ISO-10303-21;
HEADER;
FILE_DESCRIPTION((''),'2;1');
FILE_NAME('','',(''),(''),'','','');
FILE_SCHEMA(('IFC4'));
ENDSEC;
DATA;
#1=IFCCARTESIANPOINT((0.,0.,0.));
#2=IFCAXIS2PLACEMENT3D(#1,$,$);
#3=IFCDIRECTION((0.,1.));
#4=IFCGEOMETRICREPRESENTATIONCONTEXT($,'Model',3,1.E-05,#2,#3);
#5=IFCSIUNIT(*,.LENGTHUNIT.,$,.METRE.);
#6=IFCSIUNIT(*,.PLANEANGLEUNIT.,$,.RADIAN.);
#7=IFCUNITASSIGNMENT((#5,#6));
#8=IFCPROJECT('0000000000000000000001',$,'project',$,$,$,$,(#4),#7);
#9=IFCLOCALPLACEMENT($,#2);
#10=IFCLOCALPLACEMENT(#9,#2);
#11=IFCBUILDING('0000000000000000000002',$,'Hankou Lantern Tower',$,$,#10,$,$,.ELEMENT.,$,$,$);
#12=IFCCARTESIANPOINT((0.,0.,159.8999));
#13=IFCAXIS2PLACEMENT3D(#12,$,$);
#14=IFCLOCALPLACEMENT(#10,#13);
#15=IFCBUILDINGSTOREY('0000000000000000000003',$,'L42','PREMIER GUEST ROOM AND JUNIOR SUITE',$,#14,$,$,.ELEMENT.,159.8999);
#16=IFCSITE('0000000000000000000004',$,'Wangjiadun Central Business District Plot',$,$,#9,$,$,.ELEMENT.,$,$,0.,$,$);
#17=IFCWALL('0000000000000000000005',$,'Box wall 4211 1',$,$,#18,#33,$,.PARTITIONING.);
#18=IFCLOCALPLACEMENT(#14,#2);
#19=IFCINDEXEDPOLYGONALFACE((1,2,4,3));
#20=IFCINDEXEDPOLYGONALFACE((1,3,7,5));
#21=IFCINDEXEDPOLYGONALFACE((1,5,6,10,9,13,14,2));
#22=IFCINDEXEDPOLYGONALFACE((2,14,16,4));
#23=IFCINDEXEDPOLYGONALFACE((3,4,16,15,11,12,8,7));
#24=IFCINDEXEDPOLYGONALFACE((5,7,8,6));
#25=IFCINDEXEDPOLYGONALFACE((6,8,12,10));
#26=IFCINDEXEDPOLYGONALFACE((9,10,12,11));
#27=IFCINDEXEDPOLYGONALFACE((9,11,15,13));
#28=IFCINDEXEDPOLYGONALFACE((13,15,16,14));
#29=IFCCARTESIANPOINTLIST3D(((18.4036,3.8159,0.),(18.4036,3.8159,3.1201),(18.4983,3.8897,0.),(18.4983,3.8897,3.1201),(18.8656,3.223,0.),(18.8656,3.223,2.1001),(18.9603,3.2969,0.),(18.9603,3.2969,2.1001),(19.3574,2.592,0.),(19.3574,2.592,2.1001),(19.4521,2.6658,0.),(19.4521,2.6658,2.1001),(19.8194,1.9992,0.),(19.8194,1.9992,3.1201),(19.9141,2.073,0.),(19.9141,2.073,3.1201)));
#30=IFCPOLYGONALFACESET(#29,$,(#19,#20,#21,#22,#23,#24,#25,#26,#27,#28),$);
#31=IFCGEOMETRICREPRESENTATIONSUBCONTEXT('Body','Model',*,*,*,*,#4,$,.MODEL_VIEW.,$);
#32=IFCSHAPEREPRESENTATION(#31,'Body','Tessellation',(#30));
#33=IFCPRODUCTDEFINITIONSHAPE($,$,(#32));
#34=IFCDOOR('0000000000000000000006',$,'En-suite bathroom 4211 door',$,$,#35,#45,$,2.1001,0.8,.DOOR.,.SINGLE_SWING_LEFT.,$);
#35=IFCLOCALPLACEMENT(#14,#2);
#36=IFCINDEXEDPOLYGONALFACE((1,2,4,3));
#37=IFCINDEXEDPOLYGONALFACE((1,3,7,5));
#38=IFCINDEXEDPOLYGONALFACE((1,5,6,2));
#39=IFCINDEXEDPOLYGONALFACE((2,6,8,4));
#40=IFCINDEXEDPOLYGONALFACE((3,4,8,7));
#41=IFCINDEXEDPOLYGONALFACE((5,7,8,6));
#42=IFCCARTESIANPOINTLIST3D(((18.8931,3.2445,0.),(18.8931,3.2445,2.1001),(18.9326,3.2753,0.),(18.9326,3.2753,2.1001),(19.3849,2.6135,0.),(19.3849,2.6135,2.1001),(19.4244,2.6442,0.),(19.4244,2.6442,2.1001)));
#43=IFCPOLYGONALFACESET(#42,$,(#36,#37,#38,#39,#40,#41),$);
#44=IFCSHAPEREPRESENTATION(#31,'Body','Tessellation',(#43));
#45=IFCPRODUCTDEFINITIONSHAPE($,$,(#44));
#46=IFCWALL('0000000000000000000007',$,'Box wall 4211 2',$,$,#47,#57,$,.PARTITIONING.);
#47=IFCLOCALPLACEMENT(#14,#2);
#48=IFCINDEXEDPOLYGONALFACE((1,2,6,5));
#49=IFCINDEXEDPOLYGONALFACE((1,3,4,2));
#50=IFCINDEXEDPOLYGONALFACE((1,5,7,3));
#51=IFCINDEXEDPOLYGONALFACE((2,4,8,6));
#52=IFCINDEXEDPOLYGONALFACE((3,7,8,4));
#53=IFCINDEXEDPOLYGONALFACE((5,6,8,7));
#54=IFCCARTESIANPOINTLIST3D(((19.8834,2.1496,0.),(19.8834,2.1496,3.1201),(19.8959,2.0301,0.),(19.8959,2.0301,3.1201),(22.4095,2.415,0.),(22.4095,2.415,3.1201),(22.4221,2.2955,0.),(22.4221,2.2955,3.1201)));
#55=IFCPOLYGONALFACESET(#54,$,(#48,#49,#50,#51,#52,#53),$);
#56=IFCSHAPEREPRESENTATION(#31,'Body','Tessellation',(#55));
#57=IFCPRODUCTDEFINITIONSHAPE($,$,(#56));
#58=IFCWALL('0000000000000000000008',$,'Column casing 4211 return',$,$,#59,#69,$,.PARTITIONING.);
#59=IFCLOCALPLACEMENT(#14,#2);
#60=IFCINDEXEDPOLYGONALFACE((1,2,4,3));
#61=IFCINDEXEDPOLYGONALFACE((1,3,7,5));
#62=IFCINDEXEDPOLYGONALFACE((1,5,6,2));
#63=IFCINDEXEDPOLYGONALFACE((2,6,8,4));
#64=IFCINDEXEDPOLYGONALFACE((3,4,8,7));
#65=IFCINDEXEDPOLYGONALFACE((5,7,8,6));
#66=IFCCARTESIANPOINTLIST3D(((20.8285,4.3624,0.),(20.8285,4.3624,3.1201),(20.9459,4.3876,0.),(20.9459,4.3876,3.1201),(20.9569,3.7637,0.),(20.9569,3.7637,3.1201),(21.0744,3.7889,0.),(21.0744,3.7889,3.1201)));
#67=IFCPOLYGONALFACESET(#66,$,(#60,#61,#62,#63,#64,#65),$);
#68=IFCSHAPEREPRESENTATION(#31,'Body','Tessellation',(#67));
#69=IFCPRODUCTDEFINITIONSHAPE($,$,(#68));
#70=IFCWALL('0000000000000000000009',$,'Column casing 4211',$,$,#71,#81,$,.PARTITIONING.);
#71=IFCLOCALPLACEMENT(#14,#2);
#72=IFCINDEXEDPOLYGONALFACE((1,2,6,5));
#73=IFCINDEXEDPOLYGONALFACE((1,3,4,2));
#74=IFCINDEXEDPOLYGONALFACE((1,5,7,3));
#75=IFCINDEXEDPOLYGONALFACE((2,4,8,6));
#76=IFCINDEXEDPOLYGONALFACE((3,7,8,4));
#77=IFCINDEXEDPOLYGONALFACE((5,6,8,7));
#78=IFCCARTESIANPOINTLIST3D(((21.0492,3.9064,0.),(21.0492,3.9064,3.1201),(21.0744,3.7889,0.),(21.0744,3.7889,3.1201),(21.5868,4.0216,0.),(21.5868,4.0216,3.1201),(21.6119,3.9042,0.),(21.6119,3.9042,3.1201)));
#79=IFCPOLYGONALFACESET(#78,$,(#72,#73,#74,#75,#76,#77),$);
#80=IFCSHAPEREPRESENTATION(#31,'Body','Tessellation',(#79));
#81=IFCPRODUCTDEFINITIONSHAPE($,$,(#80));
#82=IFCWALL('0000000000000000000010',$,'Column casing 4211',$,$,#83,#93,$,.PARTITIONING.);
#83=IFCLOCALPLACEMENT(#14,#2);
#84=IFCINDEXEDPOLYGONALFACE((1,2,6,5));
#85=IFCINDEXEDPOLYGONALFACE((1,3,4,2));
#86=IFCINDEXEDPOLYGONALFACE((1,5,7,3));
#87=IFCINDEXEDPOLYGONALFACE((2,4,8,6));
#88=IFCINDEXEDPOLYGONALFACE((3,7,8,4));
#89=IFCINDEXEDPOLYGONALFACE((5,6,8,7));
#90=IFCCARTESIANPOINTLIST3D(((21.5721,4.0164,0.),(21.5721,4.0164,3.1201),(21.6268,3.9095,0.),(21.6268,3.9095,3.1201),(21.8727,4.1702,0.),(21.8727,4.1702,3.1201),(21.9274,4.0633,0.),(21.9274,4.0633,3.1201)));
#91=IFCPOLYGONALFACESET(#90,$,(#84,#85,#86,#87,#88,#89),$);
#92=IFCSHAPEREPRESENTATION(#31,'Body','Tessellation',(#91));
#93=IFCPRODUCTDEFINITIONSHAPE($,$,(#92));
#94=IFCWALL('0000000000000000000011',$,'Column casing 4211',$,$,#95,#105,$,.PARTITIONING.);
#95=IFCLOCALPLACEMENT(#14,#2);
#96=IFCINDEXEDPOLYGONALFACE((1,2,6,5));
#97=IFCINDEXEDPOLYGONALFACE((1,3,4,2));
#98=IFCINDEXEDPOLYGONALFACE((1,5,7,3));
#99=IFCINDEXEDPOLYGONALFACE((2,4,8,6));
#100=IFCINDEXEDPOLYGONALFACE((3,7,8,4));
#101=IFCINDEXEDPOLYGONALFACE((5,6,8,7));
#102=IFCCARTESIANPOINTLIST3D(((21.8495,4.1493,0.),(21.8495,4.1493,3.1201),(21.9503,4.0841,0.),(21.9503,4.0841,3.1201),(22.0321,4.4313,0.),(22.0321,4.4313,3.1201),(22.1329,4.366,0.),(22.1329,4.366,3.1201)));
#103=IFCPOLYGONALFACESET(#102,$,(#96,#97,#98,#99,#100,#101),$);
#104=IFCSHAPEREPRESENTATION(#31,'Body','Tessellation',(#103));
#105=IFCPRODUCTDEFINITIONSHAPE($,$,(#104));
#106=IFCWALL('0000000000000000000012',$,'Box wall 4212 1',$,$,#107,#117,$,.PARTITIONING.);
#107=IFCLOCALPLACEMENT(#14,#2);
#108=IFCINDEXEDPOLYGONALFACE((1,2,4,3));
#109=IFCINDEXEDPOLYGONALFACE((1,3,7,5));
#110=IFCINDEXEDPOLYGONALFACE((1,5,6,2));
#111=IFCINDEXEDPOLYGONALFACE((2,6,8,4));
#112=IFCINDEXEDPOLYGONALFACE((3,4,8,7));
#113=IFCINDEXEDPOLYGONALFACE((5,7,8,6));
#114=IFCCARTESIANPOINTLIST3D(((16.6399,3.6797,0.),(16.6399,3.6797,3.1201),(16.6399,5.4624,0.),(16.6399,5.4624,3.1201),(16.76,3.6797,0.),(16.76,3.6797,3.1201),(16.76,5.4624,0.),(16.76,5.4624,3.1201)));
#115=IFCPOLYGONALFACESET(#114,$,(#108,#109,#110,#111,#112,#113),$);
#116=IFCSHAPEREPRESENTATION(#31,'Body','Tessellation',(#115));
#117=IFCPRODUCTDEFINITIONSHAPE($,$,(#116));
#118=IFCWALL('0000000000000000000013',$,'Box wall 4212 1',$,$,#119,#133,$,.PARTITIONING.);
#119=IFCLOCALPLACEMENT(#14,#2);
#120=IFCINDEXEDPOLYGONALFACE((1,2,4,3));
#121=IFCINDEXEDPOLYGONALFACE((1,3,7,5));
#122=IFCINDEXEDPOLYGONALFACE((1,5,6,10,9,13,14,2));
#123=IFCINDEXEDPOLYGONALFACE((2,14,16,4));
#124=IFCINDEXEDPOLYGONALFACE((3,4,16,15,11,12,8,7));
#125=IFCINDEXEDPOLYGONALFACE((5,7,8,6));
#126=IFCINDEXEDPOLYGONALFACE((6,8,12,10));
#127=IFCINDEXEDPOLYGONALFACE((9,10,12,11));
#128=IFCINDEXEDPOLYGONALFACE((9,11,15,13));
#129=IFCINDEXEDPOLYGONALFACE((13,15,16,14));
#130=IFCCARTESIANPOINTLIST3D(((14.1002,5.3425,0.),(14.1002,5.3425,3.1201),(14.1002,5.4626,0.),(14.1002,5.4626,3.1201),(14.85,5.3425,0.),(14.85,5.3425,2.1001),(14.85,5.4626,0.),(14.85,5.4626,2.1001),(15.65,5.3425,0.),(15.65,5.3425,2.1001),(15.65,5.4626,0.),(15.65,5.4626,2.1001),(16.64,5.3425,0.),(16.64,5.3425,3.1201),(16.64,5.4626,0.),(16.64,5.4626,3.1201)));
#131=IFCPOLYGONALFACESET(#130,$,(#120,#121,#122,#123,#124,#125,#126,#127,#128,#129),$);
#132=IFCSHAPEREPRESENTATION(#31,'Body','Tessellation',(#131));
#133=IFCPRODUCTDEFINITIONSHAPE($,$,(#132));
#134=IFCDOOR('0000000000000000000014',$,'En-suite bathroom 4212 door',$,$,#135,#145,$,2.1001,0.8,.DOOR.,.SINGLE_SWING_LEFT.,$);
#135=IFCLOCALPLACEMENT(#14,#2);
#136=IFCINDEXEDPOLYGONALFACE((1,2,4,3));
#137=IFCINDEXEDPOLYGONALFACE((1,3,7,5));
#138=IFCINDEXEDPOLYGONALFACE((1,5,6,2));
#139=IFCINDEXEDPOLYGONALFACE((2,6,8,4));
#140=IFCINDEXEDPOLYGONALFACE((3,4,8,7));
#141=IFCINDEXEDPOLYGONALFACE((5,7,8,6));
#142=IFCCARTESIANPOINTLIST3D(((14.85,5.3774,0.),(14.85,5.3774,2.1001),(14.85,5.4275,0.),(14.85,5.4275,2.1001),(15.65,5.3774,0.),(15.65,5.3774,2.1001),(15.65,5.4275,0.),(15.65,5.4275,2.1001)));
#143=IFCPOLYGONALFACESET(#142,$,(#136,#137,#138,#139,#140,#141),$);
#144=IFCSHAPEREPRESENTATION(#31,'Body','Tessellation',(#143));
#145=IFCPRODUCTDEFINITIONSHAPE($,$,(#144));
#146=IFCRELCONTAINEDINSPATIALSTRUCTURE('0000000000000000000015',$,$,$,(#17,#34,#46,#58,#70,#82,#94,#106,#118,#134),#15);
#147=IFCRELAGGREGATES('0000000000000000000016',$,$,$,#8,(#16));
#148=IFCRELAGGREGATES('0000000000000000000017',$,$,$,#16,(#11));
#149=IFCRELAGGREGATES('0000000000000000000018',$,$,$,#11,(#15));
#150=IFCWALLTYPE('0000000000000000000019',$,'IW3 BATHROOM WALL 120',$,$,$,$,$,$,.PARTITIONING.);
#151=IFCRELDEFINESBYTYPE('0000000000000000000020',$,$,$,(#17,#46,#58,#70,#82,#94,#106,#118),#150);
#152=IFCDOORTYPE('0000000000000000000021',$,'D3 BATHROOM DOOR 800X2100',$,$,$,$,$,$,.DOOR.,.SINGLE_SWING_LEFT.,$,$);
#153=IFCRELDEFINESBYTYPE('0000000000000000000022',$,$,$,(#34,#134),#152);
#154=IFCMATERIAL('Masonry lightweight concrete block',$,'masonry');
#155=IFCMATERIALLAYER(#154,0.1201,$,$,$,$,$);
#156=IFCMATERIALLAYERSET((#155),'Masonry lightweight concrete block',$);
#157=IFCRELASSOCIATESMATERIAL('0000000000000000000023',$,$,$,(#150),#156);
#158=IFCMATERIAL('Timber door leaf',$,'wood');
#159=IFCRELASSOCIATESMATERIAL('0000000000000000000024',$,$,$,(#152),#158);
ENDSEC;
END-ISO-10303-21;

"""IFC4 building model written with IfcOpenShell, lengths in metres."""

from ifc_helpers import new_model, si_unit, direction, frame, frame_2d, origin, place, context, subcontext, project, spatial, rectangle, extrude, material, layer, layer_set, type_object, element, fill, save


model = new_model("IFC4")

# Units and contexts
model_context = context("Model", 3, precision=1e-05, world=origin(), true_north=direction((0.0, 1.0)))
body_context = subcontext(model_context, "Body", "Model", "MODEL_VIEW")
ifc_project = project(units=[si_unit("LENGTHUNIT", "METRE"), si_unit("PLANEANGLEUNIT", "RADIAN")], contexts=[model_context])

# Site, building, storey
site_placement = place(None, origin())
site = spatial("IfcSite", under=ifc_project, at=site_placement, Name="Wangjiadun Central Business District Plot", CompositionType="ELEMENT", RefElevation=0.0)
building_placement = place(site_placement, origin())
building = spatial("IfcBuilding", under=site, at=building_placement, Name="Hankou Lantern Tower", CompositionType="ELEMENT")
storey_placement = place(building_placement, frame((0.0, 0.0, 159.8999)))
storey = spatial("IfcBuildingStorey", under=building, at=storey_placement, Name="L42", Description="PREMIER GUEST ROOM AND JUNIOR SUITE", CompositionType="ELEMENT", Elevation=159.8999)

# Wall, opening, door
ifc_material_1 = material(Name="Masonry lightweight concrete block", Category="masonry")
ifc_layer_1 = layer(ifc_material_1, 0.1201)
ifc_layer_set_1 = layer_set([ifc_layer_1], Name="Masonry lightweight concrete block")
wall_type_1 = type_object("IfcWallType", Name="IW3 BATHROOM WALL 120", PredefinedType="PARTITIONING", material=ifc_layer_set_1)
wall_1_placement = place(storey_placement, frame((18.4509, 3.8528, 0.0), z_axis=(0.0, 0.0, 1.0), x_axis=(0.614704, -0.788758, 0.0)))
wall_1 = element("IfcWall", 1, at=wall_1_placement, inside=storey, type_object=wall_type_1, Name="Box wall 4211 1", PredefinedType="PARTITIONING", context=body_context, shape_type="SweptSolid", body=[
    extrude(rectangle(XDim=2.3032, YDim=0.1201, at=frame_2d((1.1516, 0.0))), origin(), (0.0, 0.0, 1.0), 3.1201),
])
opening_1_placement = place(wall_1_placement, frame((0.7517, 0.0, 0.0)))
opening_1 = element("IfcOpeningElement", 2, at=opening_1_placement, cuts=wall_1, PredefinedType="OPENING", context=body_context, shape_type="SweptSolid", body=[
    extrude(rectangle(XDim=0.8, YDim=2.1001, at=frame_2d((0.3999, 1.05))), frame((0.0, 0.0701, 0.0), z_axis=(0.0, -1.0, 0.0), x_axis=(1.0, 0.0, 0.0)), (0.0, 0.0, 1.0), 0.1401),
])
ifc_material_2 = material(Name="Timber door leaf", Category="wood")
door_type = type_object("IfcDoorType", Name="D3 BATHROOM DOOR 800X2100", OperationType="SINGLE_SWING_LEFT", PredefinedType="DOOR", material=ifc_material_2)
door_1_placement = place(opening_1_placement, origin())
door_1 = element("IfcDoor", 3, at=door_1_placement, inside=storey, type_object=door_type, Name="En-suite bathroom 4211 door", OperationType="SINGLE_SWING_LEFT", OverallHeight=2.1001, OverallWidth=0.8, PredefinedType="DOOR", context=body_context, shape_type="SweptSolid", body=[
    extrude(rectangle(XDim=0.8, YDim=2.1001, at=frame_2d((0.3999, 1.05))), frame((0.0, 0.0249, 0.0), z_axis=(0.0, -1.0, 0.0), x_axis=(1.0, 0.0, 0.0)), (0.0, 0.0, 1.0), 0.05),
])
fill(opening_1, door_1)

# Walls
wall_2_placement = place(storey_placement, frame((19.8896, 2.0898, 0.0), z_axis=(0.0, 0.0, 1.0), x_axis=(0.994527, 0.10448, 0.0)))
element("IfcWall", 4, at=wall_2_placement, inside=storey, type_object=wall_type_1, Name="Box wall 4211 2", PredefinedType="PARTITIONING", context=body_context, shape_type="SweptSolid", body=[
    extrude(rectangle(XDim=2.54, YDim=0.1201, at=frame_2d((1.27, 0.0))), origin(), (0.0, 0.0, 1.0), 3.1201),
])
wall_3_placement = place(storey_placement, frame((20.8872, 4.375, 0.0), z_axis=(0.0, 0.0, 1.0), x_axis=(0.209747, -0.977756, 0.0)))
element("IfcWall", 5, at=wall_3_placement, inside=storey, type_object=wall_type_1, Name="Column casing 4211 return", PredefinedType="PARTITIONING", context=body_context, shape_type="SweptSolid", body=[
    extrude(rectangle(XDim=0.6123, YDim=0.1201, at=frame_2d((0.3062, 0.0))), origin(), (0.0, 0.0, 1.0), 3.1201),
])
wall_4_placement = place(storey_placement, frame((21.0618, 3.8477, 0.0), z_axis=(0.0, 0.0, 1.0), x_axis=(0.977789, 0.20959, 0.0)))
element("IfcWall", 6, at=wall_4_placement, inside=storey, type_object=wall_type_1, Name="Column casing 4211", PredefinedType="PARTITIONING", context=body_context, shape_type="SweptSolid", body=[
    extrude(rectangle(XDim=0.5498, YDim=0.1201, at=frame_2d((0.2749, 0.0))), origin(), (0.0, 0.0, 1.0), 3.1201),
])
wall_5_placement = place(storey_placement, frame((21.5994, 3.9629, 0.0), z_axis=(0.0, 0.0, 1.0), x_axis=(0.890194, 0.455582, 0.0)))
element("IfcWall", 7, at=wall_5_placement, inside=storey, type_object=wall_type_1, Name="Column casing 4211", PredefinedType="PARTITIONING", context=body_context, shape_type="SweptSolid", body=[
    extrude(rectangle(XDim=0.3376, YDim=0.1201, at=frame_2d((0.1689, 0.0))), origin(), (0.0, 0.0, 1.0), 3.1201),
])
wall_6_placement = place(storey_placement, frame((21.8999, 4.1167, 0.0), z_axis=(0.0, 0.0, 1.0), x_axis=(0.543583, 0.839356, 0.0)))
element("IfcWall", 8, at=wall_6_placement, inside=storey, type_object=wall_type_1, Name="Column casing 4211", PredefinedType="PARTITIONING", context=body_context, shape_type="SweptSolid", body=[
    extrude(rectangle(XDim=0.3359, YDim=0.1201, at=frame_2d((0.168, 0.0))), origin(), (0.0, 0.0, 1.0), 3.1201),
])
wall_7_placement = place(storey_placement, frame((16.7, 3.6797, 0.0), z_axis=(0.0, 0.0, 1.0), x_axis=(0.0, 1.0, 0.0)))
element("IfcWall", 9, at=wall_7_placement, inside=storey, type_object=wall_type_1, Name="Box wall 4212 1", PredefinedType="PARTITIONING", context=body_context, shape_type="SweptSolid", body=[
    extrude(rectangle(XDim=1.7827, YDim=0.1201, at=frame_2d((0.8914, 0.0))), origin(), (0.0, 0.0, 1.0), 3.1201),
])

# Wall, opening, door
wall_8_placement = place(storey_placement, frame((14.1001, 5.4026, 0.0), z_axis=(0.0, 0.0, 1.0), x_axis=(1.0, 0.0, 0.0)))
wall_8 = element("IfcWall", 10, at=wall_8_placement, inside=storey, type_object=wall_type_1, Name="Box wall 4212 1", PredefinedType="PARTITIONING", context=body_context, shape_type="SweptSolid", body=[
    extrude(rectangle(XDim=2.5398, YDim=0.1201, at=frame_2d((1.27, 0.0))), origin(), (0.0, 0.0, 1.0), 3.1201),
])
opening_2_placement = place(wall_8_placement, frame((0.75, 0.0, 0.0)))
opening_2 = element("IfcOpeningElement", 11, at=opening_2_placement, cuts=wall_8, PredefinedType="OPENING", context=body_context, shape_type="SweptSolid", body=[
    extrude(rectangle(XDim=0.8, YDim=2.1001, at=frame_2d((0.3999, 1.05))), frame((0.0, 0.0701, 0.0), z_axis=(0.0, -1.0, 0.0), x_axis=(1.0, 0.0, 0.0)), (0.0, 0.0, 1.0), 0.1401),
])
door_2_placement = place(opening_2_placement, origin())
door_2 = element("IfcDoor", 12, at=door_2_placement, inside=storey, type_object=door_type, Name="En-suite bathroom 4212 door", OperationType="SINGLE_SWING_LEFT", OverallHeight=2.1001, OverallWidth=0.8, PredefinedType="DOOR", context=body_context, shape_type="SweptSolid", body=[
    extrude(rectangle(XDim=0.8, YDim=2.1001, at=frame_2d((0.3999, 1.05))), frame((0.0, 0.0249, 0.0), z_axis=(0.0, -1.0, 0.0), x_axis=(1.0, 0.0, 0.0)), (0.0, 0.0, 1.0), 0.05),
])
fill(opening_2, door_2)

save(model, "model.ifc")
